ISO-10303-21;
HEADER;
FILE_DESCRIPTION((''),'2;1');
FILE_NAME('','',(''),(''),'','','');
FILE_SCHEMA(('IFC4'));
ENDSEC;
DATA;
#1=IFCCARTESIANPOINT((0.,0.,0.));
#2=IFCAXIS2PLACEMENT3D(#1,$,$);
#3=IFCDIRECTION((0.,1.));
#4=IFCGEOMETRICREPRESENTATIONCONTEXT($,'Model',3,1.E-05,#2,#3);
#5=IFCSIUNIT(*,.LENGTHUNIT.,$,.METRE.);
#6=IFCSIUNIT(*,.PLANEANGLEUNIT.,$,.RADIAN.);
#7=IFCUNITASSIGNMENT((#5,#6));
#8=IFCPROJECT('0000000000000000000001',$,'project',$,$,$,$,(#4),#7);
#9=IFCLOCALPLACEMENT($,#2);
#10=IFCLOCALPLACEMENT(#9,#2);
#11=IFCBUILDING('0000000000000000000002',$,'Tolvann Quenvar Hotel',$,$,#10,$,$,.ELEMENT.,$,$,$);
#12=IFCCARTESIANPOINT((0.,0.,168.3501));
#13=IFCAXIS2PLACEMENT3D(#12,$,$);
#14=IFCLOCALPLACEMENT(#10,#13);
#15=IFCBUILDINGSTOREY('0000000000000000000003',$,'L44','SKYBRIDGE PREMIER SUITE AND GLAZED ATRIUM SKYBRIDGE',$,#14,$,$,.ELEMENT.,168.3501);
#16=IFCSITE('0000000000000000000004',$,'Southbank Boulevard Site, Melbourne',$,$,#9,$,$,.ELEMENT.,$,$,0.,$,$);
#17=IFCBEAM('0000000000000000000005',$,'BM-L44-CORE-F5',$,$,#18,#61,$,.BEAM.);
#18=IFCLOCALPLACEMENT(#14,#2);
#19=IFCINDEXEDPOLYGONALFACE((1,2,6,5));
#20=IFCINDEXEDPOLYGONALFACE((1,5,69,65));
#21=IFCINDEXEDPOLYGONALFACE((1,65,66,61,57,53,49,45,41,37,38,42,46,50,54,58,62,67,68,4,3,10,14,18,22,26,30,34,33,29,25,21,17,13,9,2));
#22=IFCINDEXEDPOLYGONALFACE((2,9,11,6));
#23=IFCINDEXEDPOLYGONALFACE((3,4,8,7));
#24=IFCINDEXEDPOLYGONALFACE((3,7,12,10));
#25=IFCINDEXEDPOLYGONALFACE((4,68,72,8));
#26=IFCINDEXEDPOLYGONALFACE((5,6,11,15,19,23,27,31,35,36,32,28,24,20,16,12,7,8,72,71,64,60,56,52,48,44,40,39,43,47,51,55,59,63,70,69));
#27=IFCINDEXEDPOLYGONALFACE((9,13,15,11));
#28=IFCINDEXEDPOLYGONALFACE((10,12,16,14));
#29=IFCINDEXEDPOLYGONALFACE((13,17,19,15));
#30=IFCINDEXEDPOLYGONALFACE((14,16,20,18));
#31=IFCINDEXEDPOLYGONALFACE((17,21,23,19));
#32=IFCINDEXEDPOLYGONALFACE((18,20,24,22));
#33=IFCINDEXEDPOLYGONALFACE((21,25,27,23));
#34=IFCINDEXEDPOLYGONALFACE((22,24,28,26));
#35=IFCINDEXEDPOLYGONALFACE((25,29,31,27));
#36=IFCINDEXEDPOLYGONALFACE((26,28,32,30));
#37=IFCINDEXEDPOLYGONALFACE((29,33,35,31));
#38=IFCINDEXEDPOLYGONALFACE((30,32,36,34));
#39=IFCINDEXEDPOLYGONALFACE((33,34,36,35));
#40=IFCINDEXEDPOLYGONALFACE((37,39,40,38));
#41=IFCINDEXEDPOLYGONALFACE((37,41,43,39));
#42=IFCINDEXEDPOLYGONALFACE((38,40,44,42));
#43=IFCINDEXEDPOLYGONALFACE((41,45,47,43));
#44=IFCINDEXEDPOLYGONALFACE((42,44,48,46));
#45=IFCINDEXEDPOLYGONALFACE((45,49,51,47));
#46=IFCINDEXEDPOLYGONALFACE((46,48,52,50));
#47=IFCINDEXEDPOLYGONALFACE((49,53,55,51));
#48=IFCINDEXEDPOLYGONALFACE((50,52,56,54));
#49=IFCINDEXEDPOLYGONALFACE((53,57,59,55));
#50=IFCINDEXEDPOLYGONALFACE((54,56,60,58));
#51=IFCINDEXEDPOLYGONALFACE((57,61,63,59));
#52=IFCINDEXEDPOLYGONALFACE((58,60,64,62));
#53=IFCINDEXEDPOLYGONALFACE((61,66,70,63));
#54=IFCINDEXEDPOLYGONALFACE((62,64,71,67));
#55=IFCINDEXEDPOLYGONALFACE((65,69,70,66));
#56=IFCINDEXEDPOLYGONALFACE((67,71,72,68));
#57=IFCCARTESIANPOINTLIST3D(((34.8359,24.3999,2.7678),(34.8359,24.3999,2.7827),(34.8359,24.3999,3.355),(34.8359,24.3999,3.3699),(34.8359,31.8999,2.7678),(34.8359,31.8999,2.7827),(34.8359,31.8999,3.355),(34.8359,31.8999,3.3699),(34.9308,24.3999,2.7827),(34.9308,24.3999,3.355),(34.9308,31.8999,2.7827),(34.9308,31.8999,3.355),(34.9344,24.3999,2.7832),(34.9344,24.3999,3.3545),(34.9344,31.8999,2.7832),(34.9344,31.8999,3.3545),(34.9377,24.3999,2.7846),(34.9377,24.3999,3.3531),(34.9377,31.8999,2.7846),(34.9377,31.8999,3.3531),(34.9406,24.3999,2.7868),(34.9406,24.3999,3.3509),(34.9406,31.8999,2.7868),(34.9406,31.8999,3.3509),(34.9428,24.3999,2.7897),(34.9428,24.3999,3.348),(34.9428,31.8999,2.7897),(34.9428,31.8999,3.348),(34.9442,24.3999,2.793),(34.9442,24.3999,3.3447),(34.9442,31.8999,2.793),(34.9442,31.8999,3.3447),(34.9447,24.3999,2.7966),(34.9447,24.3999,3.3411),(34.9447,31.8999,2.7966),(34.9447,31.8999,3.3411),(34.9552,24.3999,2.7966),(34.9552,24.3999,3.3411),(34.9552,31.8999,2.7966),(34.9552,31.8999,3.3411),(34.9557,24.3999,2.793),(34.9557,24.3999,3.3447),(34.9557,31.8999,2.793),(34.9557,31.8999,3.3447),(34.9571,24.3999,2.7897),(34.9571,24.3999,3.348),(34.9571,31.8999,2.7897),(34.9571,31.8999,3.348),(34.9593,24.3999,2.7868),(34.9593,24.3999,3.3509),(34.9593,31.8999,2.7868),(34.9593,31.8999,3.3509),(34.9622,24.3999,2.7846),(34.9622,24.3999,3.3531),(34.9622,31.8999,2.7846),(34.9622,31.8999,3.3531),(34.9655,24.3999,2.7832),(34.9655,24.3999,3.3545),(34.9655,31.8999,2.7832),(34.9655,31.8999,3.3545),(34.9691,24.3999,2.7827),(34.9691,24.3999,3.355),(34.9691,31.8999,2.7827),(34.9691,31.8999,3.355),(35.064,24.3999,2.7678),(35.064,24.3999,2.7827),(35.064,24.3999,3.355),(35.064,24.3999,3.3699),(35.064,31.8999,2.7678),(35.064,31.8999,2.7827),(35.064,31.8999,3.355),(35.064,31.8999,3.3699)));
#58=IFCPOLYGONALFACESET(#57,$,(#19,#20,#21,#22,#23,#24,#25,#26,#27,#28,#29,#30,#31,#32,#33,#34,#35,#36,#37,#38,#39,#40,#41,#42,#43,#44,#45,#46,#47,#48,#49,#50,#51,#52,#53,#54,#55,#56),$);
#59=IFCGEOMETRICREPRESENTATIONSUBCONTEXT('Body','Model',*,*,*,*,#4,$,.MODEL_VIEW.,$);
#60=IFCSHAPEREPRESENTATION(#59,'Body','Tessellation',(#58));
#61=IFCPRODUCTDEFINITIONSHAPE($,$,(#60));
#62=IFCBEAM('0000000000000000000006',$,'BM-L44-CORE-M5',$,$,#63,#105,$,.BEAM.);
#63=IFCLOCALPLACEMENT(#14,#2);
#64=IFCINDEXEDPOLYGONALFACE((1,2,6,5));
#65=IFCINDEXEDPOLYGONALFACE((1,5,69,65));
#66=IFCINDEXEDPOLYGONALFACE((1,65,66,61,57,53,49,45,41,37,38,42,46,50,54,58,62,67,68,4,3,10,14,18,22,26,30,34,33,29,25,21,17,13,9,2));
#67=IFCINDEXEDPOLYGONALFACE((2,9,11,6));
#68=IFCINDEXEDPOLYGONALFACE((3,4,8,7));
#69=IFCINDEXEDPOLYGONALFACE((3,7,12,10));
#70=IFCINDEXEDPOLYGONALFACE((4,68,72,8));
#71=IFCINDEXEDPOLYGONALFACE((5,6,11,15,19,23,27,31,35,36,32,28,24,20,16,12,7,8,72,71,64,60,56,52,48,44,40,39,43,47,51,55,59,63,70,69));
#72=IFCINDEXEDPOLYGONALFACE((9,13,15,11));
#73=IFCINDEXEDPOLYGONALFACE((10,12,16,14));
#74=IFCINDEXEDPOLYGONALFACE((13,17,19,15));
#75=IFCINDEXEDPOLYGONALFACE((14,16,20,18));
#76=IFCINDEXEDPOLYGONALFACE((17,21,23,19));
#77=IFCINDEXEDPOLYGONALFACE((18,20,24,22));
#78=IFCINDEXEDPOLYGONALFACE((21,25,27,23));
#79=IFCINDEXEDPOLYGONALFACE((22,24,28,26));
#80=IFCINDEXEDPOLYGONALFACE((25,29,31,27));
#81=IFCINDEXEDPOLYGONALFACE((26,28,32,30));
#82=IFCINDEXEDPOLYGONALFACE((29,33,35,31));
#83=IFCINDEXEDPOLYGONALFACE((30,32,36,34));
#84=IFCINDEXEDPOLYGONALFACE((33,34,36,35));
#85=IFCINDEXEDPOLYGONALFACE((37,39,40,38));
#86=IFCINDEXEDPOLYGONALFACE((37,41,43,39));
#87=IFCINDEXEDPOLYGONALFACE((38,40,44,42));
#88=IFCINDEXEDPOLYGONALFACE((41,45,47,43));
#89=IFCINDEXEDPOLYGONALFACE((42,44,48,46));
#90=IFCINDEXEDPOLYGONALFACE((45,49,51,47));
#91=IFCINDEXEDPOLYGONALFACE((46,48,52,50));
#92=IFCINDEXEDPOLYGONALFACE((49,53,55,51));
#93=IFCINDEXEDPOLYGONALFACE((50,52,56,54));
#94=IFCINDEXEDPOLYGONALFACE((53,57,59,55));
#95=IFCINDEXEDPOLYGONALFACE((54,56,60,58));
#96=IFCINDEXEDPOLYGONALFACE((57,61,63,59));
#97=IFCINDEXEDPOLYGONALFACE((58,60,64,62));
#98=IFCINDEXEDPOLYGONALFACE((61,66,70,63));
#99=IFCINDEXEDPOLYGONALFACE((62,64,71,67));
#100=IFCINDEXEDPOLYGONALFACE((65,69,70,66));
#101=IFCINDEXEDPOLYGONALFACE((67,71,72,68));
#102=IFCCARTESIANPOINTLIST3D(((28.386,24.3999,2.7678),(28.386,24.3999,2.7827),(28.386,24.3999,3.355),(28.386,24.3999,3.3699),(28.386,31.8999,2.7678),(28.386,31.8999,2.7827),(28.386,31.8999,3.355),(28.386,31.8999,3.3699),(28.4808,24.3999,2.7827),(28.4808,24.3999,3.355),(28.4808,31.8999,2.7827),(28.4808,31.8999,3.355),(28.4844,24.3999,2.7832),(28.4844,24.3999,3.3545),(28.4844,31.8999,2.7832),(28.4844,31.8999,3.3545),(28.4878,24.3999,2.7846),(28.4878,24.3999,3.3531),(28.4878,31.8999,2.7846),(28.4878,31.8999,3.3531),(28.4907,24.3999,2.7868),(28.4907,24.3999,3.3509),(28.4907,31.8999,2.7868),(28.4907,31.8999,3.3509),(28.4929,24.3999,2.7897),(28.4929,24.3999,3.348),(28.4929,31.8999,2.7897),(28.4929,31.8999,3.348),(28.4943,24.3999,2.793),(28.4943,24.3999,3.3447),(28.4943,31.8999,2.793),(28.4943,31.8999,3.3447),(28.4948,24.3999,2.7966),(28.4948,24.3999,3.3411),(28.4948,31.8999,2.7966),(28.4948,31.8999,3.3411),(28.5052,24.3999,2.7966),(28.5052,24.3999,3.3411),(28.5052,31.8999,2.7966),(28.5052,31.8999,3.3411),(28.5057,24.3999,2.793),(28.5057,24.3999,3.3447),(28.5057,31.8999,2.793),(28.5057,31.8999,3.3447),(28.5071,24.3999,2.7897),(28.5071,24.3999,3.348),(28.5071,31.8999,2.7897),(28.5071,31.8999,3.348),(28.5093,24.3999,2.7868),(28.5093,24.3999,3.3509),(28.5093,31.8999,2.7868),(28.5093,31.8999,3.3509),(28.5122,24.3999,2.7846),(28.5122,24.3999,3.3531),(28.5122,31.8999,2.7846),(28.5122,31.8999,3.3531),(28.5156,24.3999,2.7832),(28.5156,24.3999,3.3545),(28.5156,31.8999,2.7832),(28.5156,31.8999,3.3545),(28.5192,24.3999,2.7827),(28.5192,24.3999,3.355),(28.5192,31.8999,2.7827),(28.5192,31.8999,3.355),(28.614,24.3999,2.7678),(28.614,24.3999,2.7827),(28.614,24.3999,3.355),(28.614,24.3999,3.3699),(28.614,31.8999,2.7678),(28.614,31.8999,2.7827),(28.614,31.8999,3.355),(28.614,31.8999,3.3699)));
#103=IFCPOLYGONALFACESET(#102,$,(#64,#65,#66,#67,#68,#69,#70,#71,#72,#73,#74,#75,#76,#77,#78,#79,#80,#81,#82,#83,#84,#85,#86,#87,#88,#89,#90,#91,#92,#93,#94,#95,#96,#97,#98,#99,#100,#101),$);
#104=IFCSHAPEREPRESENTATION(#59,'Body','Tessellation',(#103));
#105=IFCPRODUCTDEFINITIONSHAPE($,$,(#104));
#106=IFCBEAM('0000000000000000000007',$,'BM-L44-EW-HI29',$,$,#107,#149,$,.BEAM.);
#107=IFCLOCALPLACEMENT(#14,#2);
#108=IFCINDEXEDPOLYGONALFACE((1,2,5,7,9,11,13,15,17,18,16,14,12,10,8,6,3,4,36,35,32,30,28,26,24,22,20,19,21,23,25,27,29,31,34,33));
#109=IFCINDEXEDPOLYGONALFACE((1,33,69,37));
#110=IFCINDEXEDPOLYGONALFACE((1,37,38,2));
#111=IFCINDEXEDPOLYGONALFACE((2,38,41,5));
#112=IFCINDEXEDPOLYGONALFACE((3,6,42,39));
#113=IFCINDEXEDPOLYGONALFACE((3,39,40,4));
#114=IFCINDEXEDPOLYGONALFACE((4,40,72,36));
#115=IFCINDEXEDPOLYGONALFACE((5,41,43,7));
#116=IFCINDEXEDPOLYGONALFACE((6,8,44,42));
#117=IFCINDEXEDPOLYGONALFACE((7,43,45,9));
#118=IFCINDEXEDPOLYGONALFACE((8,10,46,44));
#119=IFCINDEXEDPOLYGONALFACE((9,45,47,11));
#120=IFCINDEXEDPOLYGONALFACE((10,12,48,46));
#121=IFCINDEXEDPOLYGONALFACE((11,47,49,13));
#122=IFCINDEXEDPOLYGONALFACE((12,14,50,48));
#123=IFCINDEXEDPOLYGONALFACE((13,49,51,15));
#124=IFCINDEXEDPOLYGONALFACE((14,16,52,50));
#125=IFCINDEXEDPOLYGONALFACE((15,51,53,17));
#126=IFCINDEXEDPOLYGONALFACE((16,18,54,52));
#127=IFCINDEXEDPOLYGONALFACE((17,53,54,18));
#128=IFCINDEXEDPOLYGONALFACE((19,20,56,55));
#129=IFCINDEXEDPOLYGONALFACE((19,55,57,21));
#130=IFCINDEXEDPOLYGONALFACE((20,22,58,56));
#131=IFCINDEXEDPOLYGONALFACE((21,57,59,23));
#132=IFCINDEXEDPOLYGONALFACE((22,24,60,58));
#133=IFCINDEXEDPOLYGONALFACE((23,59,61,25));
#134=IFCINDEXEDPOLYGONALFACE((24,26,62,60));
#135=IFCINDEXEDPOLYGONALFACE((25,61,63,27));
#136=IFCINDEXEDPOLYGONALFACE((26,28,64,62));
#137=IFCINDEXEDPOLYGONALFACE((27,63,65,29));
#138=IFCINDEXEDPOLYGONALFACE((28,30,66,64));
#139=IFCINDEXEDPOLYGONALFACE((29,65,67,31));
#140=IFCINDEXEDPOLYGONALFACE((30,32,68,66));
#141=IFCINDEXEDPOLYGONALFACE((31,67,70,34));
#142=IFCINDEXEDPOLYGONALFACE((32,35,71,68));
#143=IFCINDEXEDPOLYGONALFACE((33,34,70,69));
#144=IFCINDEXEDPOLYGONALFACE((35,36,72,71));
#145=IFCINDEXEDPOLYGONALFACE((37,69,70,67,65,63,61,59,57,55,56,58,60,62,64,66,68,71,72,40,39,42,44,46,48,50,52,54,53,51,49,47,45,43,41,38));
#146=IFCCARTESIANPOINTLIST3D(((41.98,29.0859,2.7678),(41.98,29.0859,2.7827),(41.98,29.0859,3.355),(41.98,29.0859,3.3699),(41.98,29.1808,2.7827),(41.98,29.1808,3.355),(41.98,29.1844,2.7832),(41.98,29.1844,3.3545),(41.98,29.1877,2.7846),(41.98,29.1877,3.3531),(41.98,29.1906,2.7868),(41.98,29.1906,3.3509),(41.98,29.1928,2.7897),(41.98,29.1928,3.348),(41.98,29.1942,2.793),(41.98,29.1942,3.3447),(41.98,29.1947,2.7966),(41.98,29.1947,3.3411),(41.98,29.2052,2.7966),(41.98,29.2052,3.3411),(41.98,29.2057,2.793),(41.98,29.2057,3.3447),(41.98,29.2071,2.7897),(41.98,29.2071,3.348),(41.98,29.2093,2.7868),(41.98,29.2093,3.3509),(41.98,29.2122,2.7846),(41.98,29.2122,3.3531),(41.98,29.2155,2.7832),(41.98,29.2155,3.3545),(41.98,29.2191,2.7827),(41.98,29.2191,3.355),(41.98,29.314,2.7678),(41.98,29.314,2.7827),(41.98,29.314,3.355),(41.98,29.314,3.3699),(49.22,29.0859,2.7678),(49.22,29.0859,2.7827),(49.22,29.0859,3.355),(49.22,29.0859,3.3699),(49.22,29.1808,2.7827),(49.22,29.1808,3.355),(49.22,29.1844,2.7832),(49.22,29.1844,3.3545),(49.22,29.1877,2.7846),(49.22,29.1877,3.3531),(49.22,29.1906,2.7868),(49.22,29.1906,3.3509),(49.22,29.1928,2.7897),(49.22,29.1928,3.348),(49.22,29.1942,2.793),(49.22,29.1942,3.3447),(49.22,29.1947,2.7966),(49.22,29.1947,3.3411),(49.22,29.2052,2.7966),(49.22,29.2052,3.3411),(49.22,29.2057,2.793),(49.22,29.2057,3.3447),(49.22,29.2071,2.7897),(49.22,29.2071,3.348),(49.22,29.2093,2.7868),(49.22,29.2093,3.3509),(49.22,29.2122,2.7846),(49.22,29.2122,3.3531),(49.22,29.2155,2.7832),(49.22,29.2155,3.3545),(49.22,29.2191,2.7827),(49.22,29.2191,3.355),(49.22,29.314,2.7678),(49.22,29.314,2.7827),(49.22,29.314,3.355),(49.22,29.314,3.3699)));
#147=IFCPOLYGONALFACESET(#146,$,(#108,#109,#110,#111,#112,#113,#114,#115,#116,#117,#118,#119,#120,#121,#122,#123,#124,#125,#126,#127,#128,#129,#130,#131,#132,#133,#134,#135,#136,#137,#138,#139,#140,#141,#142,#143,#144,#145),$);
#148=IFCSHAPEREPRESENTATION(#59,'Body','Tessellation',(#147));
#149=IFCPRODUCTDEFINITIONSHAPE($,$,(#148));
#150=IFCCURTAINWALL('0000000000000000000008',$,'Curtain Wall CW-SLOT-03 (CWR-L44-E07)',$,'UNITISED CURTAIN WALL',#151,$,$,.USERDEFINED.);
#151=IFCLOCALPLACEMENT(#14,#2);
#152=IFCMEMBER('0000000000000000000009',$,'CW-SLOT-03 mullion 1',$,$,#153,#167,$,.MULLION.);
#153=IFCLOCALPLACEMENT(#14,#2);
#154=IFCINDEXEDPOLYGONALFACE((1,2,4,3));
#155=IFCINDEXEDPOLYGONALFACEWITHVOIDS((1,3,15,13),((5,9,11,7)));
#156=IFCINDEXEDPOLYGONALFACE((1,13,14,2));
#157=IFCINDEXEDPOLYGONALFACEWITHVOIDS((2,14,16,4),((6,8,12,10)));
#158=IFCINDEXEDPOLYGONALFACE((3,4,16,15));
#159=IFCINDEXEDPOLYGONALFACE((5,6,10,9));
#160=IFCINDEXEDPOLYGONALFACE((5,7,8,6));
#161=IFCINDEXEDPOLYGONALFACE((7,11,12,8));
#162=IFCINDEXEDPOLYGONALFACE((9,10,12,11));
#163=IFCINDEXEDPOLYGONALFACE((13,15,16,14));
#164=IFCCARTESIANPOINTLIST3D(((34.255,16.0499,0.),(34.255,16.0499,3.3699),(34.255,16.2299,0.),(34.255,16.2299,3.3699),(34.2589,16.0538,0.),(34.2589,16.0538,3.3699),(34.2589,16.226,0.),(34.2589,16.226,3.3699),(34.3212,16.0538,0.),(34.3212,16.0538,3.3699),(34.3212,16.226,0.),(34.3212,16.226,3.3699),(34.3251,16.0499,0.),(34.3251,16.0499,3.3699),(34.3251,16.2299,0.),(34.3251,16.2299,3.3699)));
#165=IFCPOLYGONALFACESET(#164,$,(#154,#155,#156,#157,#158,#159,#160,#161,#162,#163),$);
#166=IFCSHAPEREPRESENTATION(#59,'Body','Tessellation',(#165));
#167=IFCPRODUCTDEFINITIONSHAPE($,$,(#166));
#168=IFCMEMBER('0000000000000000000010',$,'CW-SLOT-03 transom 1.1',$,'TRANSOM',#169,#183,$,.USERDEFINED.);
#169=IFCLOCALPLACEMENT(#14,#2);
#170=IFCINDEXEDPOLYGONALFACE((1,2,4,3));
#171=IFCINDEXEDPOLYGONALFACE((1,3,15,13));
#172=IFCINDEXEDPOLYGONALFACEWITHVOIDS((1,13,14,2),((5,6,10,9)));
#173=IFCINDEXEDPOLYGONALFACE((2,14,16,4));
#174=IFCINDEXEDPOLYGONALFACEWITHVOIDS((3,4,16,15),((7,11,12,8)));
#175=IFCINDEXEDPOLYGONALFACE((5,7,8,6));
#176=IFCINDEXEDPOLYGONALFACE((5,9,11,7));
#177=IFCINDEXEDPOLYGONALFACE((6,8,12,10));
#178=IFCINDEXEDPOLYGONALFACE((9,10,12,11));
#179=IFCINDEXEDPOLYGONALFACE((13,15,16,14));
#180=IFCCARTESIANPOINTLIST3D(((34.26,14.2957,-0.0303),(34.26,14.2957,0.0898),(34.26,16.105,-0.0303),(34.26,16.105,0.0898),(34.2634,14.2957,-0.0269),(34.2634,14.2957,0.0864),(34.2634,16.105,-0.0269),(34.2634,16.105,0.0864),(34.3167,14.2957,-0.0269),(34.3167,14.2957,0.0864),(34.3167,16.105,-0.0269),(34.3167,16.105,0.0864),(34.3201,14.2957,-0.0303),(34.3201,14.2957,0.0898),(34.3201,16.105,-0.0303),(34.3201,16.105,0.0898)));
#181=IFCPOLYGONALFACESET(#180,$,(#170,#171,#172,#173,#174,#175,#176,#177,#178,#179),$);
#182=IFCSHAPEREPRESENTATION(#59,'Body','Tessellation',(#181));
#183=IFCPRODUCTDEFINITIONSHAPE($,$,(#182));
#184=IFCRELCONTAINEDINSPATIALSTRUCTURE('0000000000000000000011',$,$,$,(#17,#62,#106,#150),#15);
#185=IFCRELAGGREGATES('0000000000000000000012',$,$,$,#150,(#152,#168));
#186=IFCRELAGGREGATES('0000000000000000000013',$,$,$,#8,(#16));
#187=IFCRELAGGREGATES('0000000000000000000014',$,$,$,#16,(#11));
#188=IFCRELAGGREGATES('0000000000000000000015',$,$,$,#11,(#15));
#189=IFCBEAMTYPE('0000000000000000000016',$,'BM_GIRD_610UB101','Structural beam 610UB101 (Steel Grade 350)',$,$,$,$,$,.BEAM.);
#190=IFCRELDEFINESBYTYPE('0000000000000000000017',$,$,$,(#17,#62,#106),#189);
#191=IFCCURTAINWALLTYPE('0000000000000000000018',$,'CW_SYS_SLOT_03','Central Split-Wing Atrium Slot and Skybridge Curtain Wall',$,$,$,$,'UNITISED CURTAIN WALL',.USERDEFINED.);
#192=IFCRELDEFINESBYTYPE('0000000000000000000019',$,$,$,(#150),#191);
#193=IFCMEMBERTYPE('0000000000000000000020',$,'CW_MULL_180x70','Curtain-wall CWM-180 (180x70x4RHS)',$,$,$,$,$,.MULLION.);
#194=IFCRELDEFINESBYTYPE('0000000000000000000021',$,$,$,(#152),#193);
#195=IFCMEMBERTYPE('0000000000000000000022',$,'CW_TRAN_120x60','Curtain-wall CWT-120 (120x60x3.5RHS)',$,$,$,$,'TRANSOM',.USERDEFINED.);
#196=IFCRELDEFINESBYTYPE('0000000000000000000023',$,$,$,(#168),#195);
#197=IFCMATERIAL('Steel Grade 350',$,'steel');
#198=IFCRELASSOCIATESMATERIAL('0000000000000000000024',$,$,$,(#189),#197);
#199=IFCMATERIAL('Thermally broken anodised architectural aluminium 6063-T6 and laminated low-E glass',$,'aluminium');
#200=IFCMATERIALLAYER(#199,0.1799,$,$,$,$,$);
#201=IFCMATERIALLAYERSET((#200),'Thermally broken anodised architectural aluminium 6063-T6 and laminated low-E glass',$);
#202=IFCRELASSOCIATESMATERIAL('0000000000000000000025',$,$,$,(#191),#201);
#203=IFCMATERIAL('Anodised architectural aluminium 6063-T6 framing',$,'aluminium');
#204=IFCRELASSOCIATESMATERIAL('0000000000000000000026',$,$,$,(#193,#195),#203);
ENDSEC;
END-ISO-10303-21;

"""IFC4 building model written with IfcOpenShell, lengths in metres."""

from ifc_helpers import new_model, si_unit, direction, frame, origin, origin_2d, place, context, subcontext, project, spatial, hollow_rectangle, i_section, extrude, source, transform, mapped, material, layer, layer_set, material_profile, profile_set, type_object, type_shapes, element, aggregate, save


model = new_model("IFC4")

# Units and contexts
model_context = context("Model", 3, precision=1e-05, world=origin(), true_north=direction((0.0, 1.0)))
body_context = subcontext(model_context, "Body", "Model", "MODEL_VIEW")
ifc_project = project(units=[si_unit("LENGTHUNIT", "METRE"), si_unit("PLANEANGLEUNIT", "RADIAN")], contexts=[model_context])

# Site, building, storey
site_placement = place(None, origin())
site = spatial("IfcSite", under=ifc_project, at=site_placement, Name="Southbank Boulevard Site, Melbourne", CompositionType="ELEMENT", RefElevation=0.0)
building_placement = place(site_placement, origin())
building = spatial("IfcBuilding", under=site, at=building_placement, Name="Tolvann Quenvar Hotel", CompositionType="ELEMENT")
storey_placement = place(building_placement, frame((0.0, 0.0, 168.3501)))
storey = spatial("IfcBuildingStorey", under=building, at=storey_placement, Name="L44", Description="SKYBRIDGE PREMIER SUITE AND GLAZED ATRIUM SKYBRIDGE", CompositionType="ELEMENT", Elevation=168.3501)

# Shared definitions
ifc_material_1 = material(Name="Steel Grade 350", Category="steel")

# Beams
ifc_material_profile_1 = material_profile(ifc_material_1, i_section(OverallWidth=0.228, OverallDepth=0.6021, WebThickness=0.0105, FlangeThickness=0.0149, FilletRadius=0.0139, at=origin_2d()), Name="610UB101")
ifc_profile_set_1 = profile_set([ifc_material_profile_1], Name="Steel Grade 350")
beam_type_1 = type_object("IfcBeamType", Name="BM_GIRD_610UB101", Description="Structural beam 610UB101 (Steel Grade 350)", PredefinedType="BEAM", material=ifc_profile_set_1)
shared_shape_1 = source(origin(), body_context, "Body", "SweptSolid", [
    extrude(i_section(OverallWidth=0.228, OverallDepth=0.6021, WebThickness=0.0105, FlangeThickness=0.0149, FilletRadius=0.0139, at=origin_2d()), origin(), (0.0, 0.0, 1.0), 7.5),
])
for number, where, z_axis, x_axis, name in (
    (1, (34.95, 24.3999, 3.0688), (0.0, 1.0, 0.0), (-1.0, 0.0, 0.0), "BM-L44-CORE-F5"),
    (2, (28.5, 24.3999, 3.0688), (0.0, 1.0, 0.0), (-1.0, 0.0, 0.0), "BM-L44-CORE-M5"),
):
    element("IfcBeam", number, at=place(storey_placement, frame(where, z_axis=z_axis, x_axis=x_axis)), inside=storey, type_object=beam_type_1, Name=name, PredefinedType="BEAM", context=body_context, shape_type="MappedRepresentation", body=[
        mapped(shared_shape_1, transform((0.0, 0.0, 0.0), x_axis=(1.0, 0.0, 0.0), y_axis=(0.0, 1.0, 0.0), z_axis=(0.0, 0.0, 1.0), scale=1.0)),
    ])
shared_shape_2 = source(origin(), body_context, "Body", "SweptSolid", [
    extrude(i_section(OverallWidth=0.228, OverallDepth=0.6021, WebThickness=0.0105, FlangeThickness=0.0149, FilletRadius=0.0139, at=origin_2d()), origin(), (0.0, 0.0, 1.0), 7.24),
])
beam_1_placement = place(storey_placement, frame((41.98, 29.2, 3.0688), z_axis=(1.0, 0.0, 0.0), x_axis=(0.0, 1.0, 0.0)))
element("IfcBeam", 3, at=beam_1_placement, inside=storey, type_object=beam_type_1, Name="BM-L44-EW-HI29", PredefinedType="BEAM", context=body_context, shape_type="MappedRepresentation", body=[
    mapped(shared_shape_2, transform((0.0, 0.0, 0.0), x_axis=(1.0, 0.0, 0.0), y_axis=(0.0, 1.0, 0.0), z_axis=(0.0, 0.0, 1.0), scale=1.0)),
])

# Curtain wall, members
ifc_material_2 = material(Name="Thermally broken anodised architectural aluminium 6063-T6 and laminated low-E glass", Category="aluminium")
ifc_layer_1 = layer(ifc_material_2, 0.1799)
ifc_layer_set_1 = layer_set([ifc_layer_1], Name="Thermally broken anodised architectural aluminium 6063-T6 and laminated low-E glass")
curtain_wall_type = type_object("IfcCurtainWallType", Name="CW_SYS_SLOT_03", Description="Central Split-Wing Atrium Slot and Skybridge Curtain Wall", ElementType="UNITISED CURTAIN WALL", PredefinedType="USERDEFINED", material=ifc_layer_set_1)
curtain_wall_placement = place(storey_placement, origin())
curtain_wall = element("IfcCurtainWall", 4, at=curtain_wall_placement, inside=storey, type_object=curtain_wall_type, Name="Curtain Wall CW-SLOT-03 (CWR-L44-E07)", ObjectType="UNITISED CURTAIN WALL", PredefinedType="USERDEFINED")
ifc_material_3 = material(Name="Anodised architectural aluminium 6063-T6 framing", Category="aluminium")
ifc_material_profile_2 = material_profile(ifc_material_3, hollow_rectangle(XDim=0.0701, YDim=0.1799, WallThickness=0.0039, at=origin_2d()), Name="180x70x4RHS")
ifc_profile_set_2 = profile_set([ifc_material_profile_2], Name="Anodised architectural aluminium 6063-T6 framing")
member_type_1 = type_object("IfcMemberType", Name="CW_MULL_180x70", Description="Curtain-wall CWM-180 (180x70x4RHS)", PredefinedType="MULLION", material=ifc_profile_set_2)
shared_shape_3 = source(origin(), body_context, "Body", "SweptSolid", [
    extrude(hollow_rectangle(XDim=0.0701, YDim=0.1799, WallThickness=0.0039, at=origin_2d()), origin(), (0.0, 0.0, 1.0), 3.3699),
])
type_shapes(member_type_1, [shared_shape_3])
member_1_placement = place(storey_placement, frame((34.29, 16.1399, 0.0), z_axis=(0.0, 0.0, 1.0), x_axis=(1.0, 0.0, 0.0)))
member_1 = element("IfcMember", 5, at=member_1_placement, type_object=member_type_1, Name="CW-SLOT-03 mullion 1", PredefinedType="MULLION", context=body_context, shape_type="MappedRepresentation", body=[
    mapped(shared_shape_3, transform((0.0, 0.0, 0.0), x_axis=(1.0, 0.0, 0.0), y_axis=(0.0, 1.0, 0.0), z_axis=(0.0, 0.0, 1.0), scale=1.0)),
])
ifc_material_profile_3 = material_profile(ifc_material_3, hollow_rectangle(XDim=0.0601, YDim=0.1201, WallThickness=0.0034, at=origin_2d()), Name="120x60x3.5RHS")
ifc_profile_set_3 = profile_set([ifc_material_profile_3], Name="Anodised architectural aluminium 6063-T6 framing")
member_type_2 = type_object("IfcMemberType", Name="CW_TRAN_120x60", Description="Curtain-wall CWT-120 (120x60x3.5RHS)", ElementType="TRANSOM", PredefinedType="USERDEFINED", material=ifc_profile_set_3)
shared_shape_4 = source(origin(), body_context, "Body", "SweptSolid", [
    extrude(hollow_rectangle(XDim=0.0601, YDim=0.1201, WallThickness=0.0034, at=origin_2d()), origin(), (0.0, 0.0, 1.0), 1.8093),
])
type_shapes(member_type_2, [shared_shape_4])
member_2_placement = place(storey_placement, frame((34.29, 16.105, 0.0298), z_axis=(0.0, -1.0, 0.0), x_axis=(1.0, 0.0, 0.0)))
member_2 = element("IfcMember", 6, at=member_2_placement, type_object=member_type_2, Name="CW-SLOT-03 transom 1.1", ObjectType="TRANSOM", PredefinedType="USERDEFINED", context=body_context, shape_type="MappedRepresentation", body=[
    mapped(shared_shape_4, transform((0.0, 0.0, 0.0), x_axis=(1.0, 0.0, 0.0), y_axis=(0.0, 1.0, 0.0), z_axis=(0.0, 0.0, 1.0), scale=1.0)),
])
aggregate(curtain_wall, [member_1, member_2])

save(model, "model.ifc")
